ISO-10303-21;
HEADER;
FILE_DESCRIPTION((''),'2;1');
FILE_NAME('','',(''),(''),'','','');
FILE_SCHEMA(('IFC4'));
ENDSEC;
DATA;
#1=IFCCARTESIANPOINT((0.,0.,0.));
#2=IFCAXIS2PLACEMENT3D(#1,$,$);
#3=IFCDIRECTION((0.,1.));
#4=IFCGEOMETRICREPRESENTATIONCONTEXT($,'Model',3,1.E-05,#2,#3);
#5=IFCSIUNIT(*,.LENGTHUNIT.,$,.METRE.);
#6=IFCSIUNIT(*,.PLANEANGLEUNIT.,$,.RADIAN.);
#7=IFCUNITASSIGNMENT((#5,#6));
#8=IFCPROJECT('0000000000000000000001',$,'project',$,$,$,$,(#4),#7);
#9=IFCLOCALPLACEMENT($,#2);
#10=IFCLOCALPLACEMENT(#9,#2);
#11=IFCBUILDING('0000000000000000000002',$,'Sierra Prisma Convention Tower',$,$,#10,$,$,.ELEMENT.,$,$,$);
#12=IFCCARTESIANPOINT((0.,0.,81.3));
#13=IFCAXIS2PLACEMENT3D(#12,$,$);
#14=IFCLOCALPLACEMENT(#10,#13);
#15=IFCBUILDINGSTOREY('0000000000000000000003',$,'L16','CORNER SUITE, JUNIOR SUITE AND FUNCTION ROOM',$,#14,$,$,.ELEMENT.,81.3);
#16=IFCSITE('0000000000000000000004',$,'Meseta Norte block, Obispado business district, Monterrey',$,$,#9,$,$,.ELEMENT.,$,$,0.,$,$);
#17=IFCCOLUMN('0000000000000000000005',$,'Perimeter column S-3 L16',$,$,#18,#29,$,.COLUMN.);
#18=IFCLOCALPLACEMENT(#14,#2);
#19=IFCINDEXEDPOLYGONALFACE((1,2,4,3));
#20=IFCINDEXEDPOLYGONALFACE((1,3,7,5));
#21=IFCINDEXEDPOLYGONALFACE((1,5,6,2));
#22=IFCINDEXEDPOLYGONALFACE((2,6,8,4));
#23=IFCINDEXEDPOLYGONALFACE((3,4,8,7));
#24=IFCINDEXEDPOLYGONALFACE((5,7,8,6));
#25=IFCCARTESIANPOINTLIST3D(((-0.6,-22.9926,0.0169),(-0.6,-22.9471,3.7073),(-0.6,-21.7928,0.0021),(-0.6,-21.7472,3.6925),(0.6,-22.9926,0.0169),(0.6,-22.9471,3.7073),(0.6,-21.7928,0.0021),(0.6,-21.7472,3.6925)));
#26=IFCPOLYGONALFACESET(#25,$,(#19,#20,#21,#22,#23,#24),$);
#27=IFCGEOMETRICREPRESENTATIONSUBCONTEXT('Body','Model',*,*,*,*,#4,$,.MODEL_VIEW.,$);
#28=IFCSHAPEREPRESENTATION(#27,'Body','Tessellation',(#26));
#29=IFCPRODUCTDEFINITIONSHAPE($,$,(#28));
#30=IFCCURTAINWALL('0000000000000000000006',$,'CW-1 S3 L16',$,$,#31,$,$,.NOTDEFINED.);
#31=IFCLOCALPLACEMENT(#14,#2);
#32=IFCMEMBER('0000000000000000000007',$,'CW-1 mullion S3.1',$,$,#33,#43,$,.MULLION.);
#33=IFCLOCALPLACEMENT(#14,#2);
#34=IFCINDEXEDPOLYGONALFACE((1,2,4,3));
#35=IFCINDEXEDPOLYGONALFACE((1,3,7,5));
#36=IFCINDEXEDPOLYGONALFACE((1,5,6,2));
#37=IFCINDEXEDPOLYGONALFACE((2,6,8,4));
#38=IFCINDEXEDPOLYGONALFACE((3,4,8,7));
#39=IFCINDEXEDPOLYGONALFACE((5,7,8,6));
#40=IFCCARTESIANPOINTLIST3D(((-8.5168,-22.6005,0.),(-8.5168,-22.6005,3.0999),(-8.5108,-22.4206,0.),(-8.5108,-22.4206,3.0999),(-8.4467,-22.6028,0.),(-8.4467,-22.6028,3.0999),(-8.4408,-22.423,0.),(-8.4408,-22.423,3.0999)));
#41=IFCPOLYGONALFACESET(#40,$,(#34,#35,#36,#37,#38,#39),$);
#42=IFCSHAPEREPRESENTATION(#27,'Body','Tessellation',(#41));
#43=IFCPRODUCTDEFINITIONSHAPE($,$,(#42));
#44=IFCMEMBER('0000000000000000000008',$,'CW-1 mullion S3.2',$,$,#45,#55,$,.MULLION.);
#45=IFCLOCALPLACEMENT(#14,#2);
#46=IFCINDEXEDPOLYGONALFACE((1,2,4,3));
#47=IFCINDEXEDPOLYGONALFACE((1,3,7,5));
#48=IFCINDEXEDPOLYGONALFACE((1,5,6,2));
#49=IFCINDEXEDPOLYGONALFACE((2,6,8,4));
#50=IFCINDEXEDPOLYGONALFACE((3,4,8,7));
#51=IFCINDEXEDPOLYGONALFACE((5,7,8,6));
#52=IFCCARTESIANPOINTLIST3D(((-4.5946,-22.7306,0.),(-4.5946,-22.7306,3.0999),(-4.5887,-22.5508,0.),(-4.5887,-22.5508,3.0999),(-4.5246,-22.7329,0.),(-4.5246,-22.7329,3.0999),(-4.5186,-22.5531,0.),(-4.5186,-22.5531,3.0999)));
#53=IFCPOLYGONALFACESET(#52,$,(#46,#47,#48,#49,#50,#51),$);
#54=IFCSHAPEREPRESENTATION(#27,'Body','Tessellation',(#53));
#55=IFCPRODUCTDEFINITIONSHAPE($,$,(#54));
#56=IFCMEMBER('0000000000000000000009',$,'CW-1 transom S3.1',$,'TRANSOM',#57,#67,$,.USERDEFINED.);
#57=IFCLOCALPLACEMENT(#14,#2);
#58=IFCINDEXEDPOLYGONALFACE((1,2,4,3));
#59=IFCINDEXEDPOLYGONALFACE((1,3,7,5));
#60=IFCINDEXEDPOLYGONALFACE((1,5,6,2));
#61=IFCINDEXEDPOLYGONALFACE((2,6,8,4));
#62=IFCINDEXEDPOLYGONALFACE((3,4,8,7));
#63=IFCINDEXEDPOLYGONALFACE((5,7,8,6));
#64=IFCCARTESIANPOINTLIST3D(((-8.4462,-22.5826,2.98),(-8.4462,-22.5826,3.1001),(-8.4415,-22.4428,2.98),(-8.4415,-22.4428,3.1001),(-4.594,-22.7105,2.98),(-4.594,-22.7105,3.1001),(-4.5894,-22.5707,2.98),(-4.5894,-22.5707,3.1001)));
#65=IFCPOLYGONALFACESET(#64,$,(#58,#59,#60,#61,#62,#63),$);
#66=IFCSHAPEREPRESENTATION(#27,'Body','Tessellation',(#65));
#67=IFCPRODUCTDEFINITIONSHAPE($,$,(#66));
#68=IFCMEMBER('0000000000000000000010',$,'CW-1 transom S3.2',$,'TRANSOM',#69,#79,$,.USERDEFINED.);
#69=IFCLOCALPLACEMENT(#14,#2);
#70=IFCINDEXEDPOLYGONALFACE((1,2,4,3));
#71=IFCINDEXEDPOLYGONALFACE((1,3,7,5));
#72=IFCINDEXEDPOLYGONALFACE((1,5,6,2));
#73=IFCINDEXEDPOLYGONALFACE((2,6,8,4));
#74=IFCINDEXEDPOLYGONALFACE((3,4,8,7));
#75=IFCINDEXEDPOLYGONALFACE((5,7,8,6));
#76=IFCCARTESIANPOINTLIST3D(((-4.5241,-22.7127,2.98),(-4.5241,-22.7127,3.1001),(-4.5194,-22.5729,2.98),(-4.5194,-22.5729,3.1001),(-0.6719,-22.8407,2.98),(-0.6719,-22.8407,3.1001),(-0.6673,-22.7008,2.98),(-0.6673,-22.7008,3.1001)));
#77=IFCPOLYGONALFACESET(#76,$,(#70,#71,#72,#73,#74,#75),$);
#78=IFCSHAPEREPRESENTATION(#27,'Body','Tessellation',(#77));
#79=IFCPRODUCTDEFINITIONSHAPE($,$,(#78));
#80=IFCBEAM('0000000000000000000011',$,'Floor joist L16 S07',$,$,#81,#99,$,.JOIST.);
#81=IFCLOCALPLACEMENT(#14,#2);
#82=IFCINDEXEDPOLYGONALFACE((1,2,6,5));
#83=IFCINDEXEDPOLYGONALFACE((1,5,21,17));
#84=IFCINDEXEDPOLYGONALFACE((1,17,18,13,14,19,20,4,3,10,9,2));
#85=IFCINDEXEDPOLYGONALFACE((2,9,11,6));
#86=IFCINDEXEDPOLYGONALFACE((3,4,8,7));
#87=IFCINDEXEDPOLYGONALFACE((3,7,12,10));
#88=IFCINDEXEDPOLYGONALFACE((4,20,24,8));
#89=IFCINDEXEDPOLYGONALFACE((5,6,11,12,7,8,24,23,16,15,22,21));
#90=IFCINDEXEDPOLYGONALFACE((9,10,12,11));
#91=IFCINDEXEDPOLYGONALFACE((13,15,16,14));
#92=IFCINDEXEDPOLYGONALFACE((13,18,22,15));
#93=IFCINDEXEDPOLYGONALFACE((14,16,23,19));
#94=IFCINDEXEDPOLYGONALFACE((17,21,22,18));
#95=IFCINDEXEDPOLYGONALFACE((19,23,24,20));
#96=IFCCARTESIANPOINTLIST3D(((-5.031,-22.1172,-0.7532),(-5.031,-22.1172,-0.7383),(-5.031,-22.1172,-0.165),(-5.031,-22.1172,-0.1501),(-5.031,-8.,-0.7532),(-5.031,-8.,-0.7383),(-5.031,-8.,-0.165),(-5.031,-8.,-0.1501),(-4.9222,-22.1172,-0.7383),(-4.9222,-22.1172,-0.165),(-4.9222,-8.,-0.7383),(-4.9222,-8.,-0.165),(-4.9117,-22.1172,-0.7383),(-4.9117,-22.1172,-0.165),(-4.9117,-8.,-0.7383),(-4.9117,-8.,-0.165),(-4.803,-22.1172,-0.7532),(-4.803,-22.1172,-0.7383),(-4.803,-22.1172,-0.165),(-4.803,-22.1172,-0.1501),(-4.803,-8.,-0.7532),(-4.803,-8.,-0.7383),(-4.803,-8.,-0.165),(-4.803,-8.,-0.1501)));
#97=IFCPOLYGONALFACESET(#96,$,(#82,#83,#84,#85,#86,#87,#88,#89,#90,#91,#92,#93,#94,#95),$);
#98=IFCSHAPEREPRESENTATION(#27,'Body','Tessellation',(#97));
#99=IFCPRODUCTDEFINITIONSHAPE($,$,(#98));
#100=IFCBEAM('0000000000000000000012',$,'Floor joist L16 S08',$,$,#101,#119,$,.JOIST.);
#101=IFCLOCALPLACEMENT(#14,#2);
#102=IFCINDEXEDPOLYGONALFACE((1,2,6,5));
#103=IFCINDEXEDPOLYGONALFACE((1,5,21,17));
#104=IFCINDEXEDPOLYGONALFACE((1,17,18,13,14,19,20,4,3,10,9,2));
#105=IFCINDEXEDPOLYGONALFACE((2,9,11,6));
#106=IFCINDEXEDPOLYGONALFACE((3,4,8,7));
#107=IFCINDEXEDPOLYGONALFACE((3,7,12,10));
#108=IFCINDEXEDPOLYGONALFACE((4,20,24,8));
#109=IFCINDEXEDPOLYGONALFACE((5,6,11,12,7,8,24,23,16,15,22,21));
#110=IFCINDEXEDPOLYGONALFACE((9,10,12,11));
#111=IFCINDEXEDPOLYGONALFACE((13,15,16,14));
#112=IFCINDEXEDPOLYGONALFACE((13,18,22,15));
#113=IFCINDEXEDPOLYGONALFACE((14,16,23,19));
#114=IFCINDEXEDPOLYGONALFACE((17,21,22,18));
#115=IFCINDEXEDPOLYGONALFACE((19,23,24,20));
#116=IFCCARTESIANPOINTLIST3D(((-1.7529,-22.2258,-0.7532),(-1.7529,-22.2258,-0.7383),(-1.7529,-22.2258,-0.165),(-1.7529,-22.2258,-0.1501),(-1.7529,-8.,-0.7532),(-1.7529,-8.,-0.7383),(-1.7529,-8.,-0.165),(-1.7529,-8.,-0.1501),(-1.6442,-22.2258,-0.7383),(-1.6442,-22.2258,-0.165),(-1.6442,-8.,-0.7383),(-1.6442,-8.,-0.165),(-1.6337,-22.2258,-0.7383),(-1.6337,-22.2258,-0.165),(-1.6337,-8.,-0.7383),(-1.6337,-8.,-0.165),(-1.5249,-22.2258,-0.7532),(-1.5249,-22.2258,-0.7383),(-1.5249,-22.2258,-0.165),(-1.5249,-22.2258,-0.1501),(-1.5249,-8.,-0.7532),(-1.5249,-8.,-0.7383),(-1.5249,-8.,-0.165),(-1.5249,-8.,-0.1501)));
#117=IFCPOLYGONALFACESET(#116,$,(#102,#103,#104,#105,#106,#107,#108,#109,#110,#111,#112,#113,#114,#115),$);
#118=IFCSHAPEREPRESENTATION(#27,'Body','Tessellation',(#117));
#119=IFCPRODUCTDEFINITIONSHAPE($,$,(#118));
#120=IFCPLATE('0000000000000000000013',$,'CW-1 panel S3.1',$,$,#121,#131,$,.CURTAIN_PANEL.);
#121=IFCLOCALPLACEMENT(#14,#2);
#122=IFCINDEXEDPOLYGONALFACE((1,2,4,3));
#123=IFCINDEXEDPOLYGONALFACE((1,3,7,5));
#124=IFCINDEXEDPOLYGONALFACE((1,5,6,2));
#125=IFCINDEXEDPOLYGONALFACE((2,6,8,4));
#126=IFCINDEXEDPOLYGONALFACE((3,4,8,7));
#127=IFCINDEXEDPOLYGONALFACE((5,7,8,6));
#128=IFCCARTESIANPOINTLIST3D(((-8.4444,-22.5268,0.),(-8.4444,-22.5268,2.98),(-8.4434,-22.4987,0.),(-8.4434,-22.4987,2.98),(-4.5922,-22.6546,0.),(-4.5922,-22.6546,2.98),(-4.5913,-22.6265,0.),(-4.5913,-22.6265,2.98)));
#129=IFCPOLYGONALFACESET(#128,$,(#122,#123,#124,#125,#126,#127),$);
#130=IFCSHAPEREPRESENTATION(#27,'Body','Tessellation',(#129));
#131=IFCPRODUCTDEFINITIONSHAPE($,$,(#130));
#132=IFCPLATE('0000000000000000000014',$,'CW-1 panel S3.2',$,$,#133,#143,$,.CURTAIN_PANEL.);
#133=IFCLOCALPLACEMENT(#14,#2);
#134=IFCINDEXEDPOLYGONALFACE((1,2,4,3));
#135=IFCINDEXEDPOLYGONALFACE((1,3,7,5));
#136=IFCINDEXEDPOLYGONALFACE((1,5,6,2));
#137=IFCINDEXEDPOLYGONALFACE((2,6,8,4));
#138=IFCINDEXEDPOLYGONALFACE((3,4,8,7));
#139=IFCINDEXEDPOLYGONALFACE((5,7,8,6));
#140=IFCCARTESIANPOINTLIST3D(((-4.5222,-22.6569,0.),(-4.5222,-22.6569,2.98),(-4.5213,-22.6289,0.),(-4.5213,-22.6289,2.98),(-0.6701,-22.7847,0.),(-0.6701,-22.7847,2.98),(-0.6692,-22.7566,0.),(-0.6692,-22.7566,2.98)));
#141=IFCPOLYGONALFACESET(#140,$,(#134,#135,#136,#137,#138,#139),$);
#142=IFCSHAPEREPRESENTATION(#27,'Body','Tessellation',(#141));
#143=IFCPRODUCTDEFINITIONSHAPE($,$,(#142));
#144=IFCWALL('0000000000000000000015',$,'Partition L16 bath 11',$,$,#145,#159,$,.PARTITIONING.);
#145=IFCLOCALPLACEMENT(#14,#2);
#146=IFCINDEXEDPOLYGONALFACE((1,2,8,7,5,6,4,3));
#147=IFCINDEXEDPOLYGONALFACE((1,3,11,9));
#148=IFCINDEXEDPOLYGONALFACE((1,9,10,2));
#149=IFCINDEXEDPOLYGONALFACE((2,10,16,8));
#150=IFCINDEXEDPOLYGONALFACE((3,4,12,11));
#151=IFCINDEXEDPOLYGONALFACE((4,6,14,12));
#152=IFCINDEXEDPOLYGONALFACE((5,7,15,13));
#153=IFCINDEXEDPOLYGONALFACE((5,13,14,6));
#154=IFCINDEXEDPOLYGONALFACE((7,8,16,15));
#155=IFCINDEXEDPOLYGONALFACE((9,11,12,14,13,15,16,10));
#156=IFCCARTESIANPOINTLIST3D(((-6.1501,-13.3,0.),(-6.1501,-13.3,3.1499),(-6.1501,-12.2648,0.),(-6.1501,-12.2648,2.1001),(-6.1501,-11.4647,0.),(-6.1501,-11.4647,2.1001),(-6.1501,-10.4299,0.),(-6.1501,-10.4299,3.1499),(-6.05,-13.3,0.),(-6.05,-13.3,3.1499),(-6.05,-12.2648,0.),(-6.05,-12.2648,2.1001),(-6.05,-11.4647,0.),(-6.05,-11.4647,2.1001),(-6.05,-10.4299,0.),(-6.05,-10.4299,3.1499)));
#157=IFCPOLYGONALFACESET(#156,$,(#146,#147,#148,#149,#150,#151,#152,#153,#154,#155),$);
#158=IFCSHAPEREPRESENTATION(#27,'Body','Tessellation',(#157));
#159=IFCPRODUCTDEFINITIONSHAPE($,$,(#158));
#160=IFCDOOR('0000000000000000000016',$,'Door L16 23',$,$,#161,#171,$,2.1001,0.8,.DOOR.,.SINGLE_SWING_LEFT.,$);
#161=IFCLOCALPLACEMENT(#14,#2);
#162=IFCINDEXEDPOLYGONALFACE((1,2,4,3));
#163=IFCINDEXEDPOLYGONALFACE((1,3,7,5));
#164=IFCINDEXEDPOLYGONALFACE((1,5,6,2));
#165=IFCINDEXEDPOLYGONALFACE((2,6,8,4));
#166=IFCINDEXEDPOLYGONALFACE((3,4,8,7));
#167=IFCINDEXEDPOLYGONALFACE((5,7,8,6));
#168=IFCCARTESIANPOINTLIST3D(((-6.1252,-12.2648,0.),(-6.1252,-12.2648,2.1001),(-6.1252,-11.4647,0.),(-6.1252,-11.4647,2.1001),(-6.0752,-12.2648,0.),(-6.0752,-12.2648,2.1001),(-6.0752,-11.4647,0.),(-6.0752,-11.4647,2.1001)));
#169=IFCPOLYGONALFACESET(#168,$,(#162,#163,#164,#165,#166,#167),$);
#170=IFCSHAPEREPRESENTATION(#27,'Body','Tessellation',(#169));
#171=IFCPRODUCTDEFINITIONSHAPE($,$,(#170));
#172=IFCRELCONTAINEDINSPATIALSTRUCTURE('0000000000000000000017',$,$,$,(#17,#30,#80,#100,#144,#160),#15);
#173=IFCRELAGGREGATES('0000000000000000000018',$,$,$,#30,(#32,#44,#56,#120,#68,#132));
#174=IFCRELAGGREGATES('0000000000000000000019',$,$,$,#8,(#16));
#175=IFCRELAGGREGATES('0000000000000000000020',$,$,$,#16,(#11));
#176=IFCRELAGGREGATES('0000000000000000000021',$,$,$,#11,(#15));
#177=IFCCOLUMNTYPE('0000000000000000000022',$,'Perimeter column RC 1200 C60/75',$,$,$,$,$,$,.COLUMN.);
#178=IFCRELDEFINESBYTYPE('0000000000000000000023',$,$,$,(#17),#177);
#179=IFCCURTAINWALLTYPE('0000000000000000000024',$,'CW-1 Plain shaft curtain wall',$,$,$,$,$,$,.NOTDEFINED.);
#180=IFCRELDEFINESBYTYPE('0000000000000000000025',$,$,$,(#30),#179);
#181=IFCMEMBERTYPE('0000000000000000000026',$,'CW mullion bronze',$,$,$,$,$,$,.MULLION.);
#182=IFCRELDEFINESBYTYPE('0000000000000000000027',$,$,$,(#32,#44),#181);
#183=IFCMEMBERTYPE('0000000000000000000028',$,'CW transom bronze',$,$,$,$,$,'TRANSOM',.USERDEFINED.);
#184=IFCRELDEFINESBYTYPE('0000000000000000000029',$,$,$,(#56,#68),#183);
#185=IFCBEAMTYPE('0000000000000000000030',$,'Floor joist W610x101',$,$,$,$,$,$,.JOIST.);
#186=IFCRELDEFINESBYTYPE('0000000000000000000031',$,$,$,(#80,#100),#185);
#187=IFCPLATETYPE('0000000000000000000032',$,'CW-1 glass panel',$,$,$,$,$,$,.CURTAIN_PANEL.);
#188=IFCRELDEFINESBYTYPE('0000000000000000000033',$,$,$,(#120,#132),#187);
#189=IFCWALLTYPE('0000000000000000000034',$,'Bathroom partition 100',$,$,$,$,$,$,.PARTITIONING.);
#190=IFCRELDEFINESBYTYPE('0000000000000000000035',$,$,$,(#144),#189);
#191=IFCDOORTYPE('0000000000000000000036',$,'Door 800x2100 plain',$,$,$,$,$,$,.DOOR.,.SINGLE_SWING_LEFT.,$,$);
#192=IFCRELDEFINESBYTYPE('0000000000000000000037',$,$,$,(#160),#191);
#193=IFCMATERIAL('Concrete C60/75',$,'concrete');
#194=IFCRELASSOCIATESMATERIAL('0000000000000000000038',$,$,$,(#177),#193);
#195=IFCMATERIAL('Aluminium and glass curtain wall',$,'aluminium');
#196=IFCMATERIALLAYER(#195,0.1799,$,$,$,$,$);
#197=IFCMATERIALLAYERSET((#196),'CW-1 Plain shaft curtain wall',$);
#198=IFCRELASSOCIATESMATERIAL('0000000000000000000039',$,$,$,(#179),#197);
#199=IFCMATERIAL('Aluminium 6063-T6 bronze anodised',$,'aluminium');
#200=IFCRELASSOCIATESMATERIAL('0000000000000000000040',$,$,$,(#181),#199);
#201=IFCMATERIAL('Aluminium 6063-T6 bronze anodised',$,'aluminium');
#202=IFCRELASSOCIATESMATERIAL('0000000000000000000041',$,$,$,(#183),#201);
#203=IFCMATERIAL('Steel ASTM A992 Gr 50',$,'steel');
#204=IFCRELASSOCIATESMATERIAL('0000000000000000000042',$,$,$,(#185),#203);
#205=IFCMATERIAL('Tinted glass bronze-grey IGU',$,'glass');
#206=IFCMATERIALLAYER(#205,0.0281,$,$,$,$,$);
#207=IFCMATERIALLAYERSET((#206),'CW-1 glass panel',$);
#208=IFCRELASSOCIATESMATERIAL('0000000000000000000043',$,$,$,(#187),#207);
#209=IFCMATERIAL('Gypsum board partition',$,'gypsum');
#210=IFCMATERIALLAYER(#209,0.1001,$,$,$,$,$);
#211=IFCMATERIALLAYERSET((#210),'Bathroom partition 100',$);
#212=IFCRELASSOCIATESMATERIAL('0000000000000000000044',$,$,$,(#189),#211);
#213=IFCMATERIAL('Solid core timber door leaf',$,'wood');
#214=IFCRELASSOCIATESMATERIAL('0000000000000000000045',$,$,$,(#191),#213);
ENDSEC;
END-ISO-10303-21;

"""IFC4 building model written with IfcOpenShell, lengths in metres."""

from ifc_helpers import new_model, si_unit, direction, frame, frame_2d, origin, origin_2d, place, context, subcontext, project, spatial, rectangle, i_section, extrude, clip, halfspace, material, layer, layer_set, material_profile, profile_set, type_object, element, fill, aggregate, save


model = new_model("IFC4")

# Units and contexts
model_context = context("Model", 3, precision=1e-05, world=origin(), true_north=direction((0.0, 1.0)))
body_context = subcontext(model_context, "Body", "Model", "MODEL_VIEW")
ifc_project = project(units=[si_unit("LENGTHUNIT", "METRE"), si_unit("PLANEANGLEUNIT", "RADIAN")], contexts=[model_context])

# Site, building, storey
site_placement = place(None, origin())
site = spatial("IfcSite", under=ifc_project, at=site_placement, Name="Meseta Norte block, Obispado business district, Monterrey", CompositionType="ELEMENT", RefElevation=0.0)
building_placement = place(site_placement, origin())
building = spatial("IfcBuilding", under=site, at=building_placement, Name="Sierra Prisma Convention Tower", CompositionType="ELEMENT")
storey_placement = place(building_placement, frame((0.0, 0.0, 81.3)))
storey = spatial("IfcBuildingStorey", under=building, at=storey_placement, Name="L16", Description="CORNER SUITE, JUNIOR SUITE AND FUNCTION ROOM", CompositionType="ELEMENT", Elevation=81.3)

# Column
ifc_material_1 = material(Name="Concrete C60/75", Category="concrete")
ifc_material_profile_1 = material_profile(ifc_material_1, rectangle(XDim=1.2, YDim=1.2, at=origin_2d()), Name="Perimeter column RC 1200 C60/75")
ifc_profile_set_1 = profile_set([ifc_material_profile_1], Name="Concrete C60/75")
column_type = type_object("IfcColumnType", Name="Perimeter column RC 1200 C60/75", PredefinedType="COLUMN", material=ifc_profile_set_1)
column_placement = place(storey_placement, frame((0.0, -22.3928, 0.0), z_axis=(0.0, 0.012338, 0.999924), x_axis=(1.0, 0.0, 0.0)))
element("IfcColumn", 1, at=column_placement, inside=storey, type_object=column_type, Name="Perimeter column S-3 L16", PredefinedType="COLUMN", context=body_context, shape_type="SweptSolid", body=[
    clip(extrude(rectangle(XDim=1.2, YDim=1.2, at=origin_2d()), origin(), (0.0, 0.0, 1.0), 3.7002), halfspace(frame((0.0, 0.0, 0.0095)), True)),
])

# Curtain wall, members
ifc_material_2 = material(Name="Aluminium and glass curtain wall", Category="aluminium")
ifc_layer_1 = layer(ifc_material_2, 0.1799)
ifc_layer_set_1 = layer_set([ifc_layer_1], Name="CW-1 Plain shaft curtain wall")
curtain_wall_type = type_object("IfcCurtainWallType", Name="CW-1 Plain shaft curtain wall", PredefinedType="NOTDEFINED", material=ifc_layer_set_1)
curtain_wall_placement = place(storey_placement, origin())
curtain_wall = element("IfcCurtainWall", 2, at=curtain_wall_placement, inside=storey, type_object=curtain_wall_type, Name="CW-1 S3 L16", PredefinedType="NOTDEFINED")
ifc_material_3 = material(Name="Aluminium 6063-T6 bronze anodised", Category="aluminium")
ifc_material_profile_2 = material_profile(ifc_material_3, rectangle(XDim=0.1799, YDim=0.0701, at=origin_2d()), Name="ALU MULLION 70x180")
ifc_profile_set_2 = profile_set([ifc_material_profile_2], Name="Aluminium 6063-T6 bronze anodised")
member_type_1 = type_object("IfcMemberType", Name="CW mullion bronze", PredefinedType="MULLION", material=ifc_profile_set_2)
member_1_placement = place(storey_placement, frame((-8.4788, -22.5117, 0.0), z_axis=(0.0, 0.0, 1.0), x_axis=(0.033148, 0.99945, 0.0)))
member_1 = element("IfcMember", 3, at=member_1_placement, type_object=member_type_1, Name="CW-1 mullion S3.1", PredefinedType="MULLION", context=body_context, shape_type="SweptSolid", body=[
    extrude(rectangle(XDim=0.1799, YDim=0.0701, at=origin_2d()), origin(), (0.0, 0.0, 1.0), 3.0999),
])
member_2_placement = place(storey_placement, frame((-4.5566, -22.6418, 0.0), z_axis=(0.0, 0.0, 1.0), x_axis=(0.033148, 0.99945, 0.0)))
member_2 = element("IfcMember", 4, at=member_2_placement, type_object=member_type_1, Name="CW-1 mullion S3.2", PredefinedType="MULLION", context=body_context, shape_type="SweptSolid", body=[
    extrude(rectangle(XDim=0.1799, YDim=0.0701, at=origin_2d()), origin(), (0.0, 0.0, 1.0), 3.0999),
])
ifc_material_4 = material(Name="Aluminium 6063-T6 bronze anodised", Category="aluminium")
ifc_material_profile_3 = material_profile(ifc_material_4, rectangle(XDim=0.1399, YDim=0.1201, at=origin_2d()), Name="ALU TRANSOM 120x140")
ifc_profile_set_3 = profile_set([ifc_material_profile_3], Name="Aluminium 6063-T6 bronze anodised")
member_type_2 = type_object("IfcMemberType", Name="CW transom bronze", ElementType="TRANSOM", PredefinedType="USERDEFINED", material=ifc_profile_set_3)
member_3_placement = place(storey_placement, frame((-8.4438, -22.5127, 3.04), z_axis=(0.999449, -0.033192, 0.0), x_axis=(0.033192, 0.999449, 0.0)))
member_3 = element("IfcMember", 5, at=member_3_placement, type_object=member_type_2, Name="CW-1 transom S3.1", ObjectType="TRANSOM", PredefinedType="USERDEFINED", context=body_context, shape_type="SweptSolid", body=[
    extrude(rectangle(XDim=0.1399, YDim=0.1201, at=origin_2d()), origin(), (0.0, 0.0, 1.0), 3.8542),
])
member_4_placement = place(storey_placement, frame((-4.5217, -22.6428, 3.04), z_axis=(0.999449, -0.033192, 0.0), x_axis=(0.033192, 0.999449, 0.0)))
member_4 = element("IfcMember", 6, at=member_4_placement, type_object=member_type_2, Name="CW-1 transom S3.2", ObjectType="TRANSOM", PredefinedType="USERDEFINED", context=body_context, shape_type="SweptSolid", body=[
    extrude(rectangle(XDim=0.1399, YDim=0.1201, at=origin_2d()), origin(), (0.0, 0.0, 1.0), 3.8542),
])

# Beams
ifc_material_5 = material(Name="Steel ASTM A992 Gr 50", Category="steel")
ifc_material_profile_4 = material_profile(ifc_material_5, i_section(OverallWidth=0.228, OverallDepth=0.603, WebThickness=0.0105, FlangeThickness=0.0149, at=origin_2d()), Name="W610x101")
ifc_profile_set_4 = profile_set([ifc_material_profile_4], Name="Steel ASTM A992 Gr 50")
beam_type = type_object("IfcBeamType", Name="Floor joist W610x101", PredefinedType="JOIST", material=ifc_profile_set_4)
beam_1_placement = place(storey_placement, frame((-4.917, -22.1172, -0.4517), z_axis=(0.0, 1.0, 0.0), x_axis=(-1.0, 0.0, 0.0)))
element("IfcBeam", 7, at=beam_1_placement, inside=storey, type_object=beam_type, Name="Floor joist L16 S07", PredefinedType="JOIST", context=body_context, shape_type="SweptSolid", body=[
    extrude(i_section(OverallWidth=0.228, OverallDepth=0.603, WebThickness=0.0105, FlangeThickness=0.0149, at=origin_2d()), origin(), (0.0, 0.0, 1.0), 14.1172),
])
beam_2_placement = place(storey_placement, frame((-1.6389, -22.2258, -0.4517), z_axis=(0.0, 1.0, 0.0), x_axis=(-1.0, 0.0, 0.0)))
element("IfcBeam", 8, at=beam_2_placement, inside=storey, type_object=beam_type, Name="Floor joist L16 S08", PredefinedType="JOIST", context=body_context, shape_type="SweptSolid", body=[
    extrude(i_section(OverallWidth=0.228, OverallDepth=0.603, WebThickness=0.0105, FlangeThickness=0.0149, at=origin_2d()), origin(), (0.0, 0.0, 1.0), 14.2258),
])

# Plates
ifc_material_6 = material(Name="Tinted glass bronze-grey IGU", Category="glass")
ifc_layer_2 = layer(ifc_material_6, 0.0281)
ifc_layer_set_2 = layer_set([ifc_layer_2], Name="CW-1 glass panel")
plate_type = type_object("IfcPlateType", Name="CW-1 glass panel", PredefinedType="CURTAIN_PANEL", material=ifc_layer_set_2)
plate_1_placement = place(storey_placement, frame((-6.5178, -22.5767, 0.0), z_axis=(0.0, 0.0, 1.0), x_axis=(0.99945, -0.033148, 0.0)))
plate_1 = element("IfcPlate", 9, at=plate_1_placement, type_object=plate_type, Name="CW-1 panel S3.1", PredefinedType="CURTAIN_PANEL", context=body_context, shape_type="SweptSolid", body=[
    extrude(rectangle(XDim=3.8542, YDim=0.0281, at=origin_2d()), origin(), (0.0, 0.0, 1.0), 2.98),
])
plate_2_placement = place(storey_placement, frame((-2.5957, -22.7068, 0.0), z_axis=(0.0, 0.0, 1.0), x_axis=(0.99945, -0.033148, 0.0)))
plate_2 = element("IfcPlate", 10, at=plate_2_placement, type_object=plate_type, Name="CW-1 panel S3.2", PredefinedType="CURTAIN_PANEL", context=body_context, shape_type="SweptSolid", body=[
    extrude(rectangle(XDim=3.8542, YDim=0.0281, at=origin_2d()), origin(), (0.0, 0.0, 1.0), 2.98),
])
aggregate(curtain_wall, [member_1, member_2, member_3, plate_1, member_4, plate_2])

# Wall, opening, door
ifc_material_7 = material(Name="Gypsum board partition", Category="gypsum")
ifc_layer_3 = layer(ifc_material_7, 0.1001)
ifc_layer_set_3 = layer_set([ifc_layer_3], Name="Bathroom partition 100")
wall_type_1 = type_object("IfcWallType", Name="Bathroom partition 100", PredefinedType="PARTITIONING", material=ifc_layer_set_3)
wall_1_placement = place(storey_placement, frame((-6.1001, -10.4299, 0.0), z_axis=(0.0, 0.0, 1.0), x_axis=(0.0, -1.0, 0.0)))
wall_1 = element("IfcWall", 11, at=wall_1_placement, inside=storey, type_object=wall_type_1, Name="Partition L16 bath 11", PredefinedType="PARTITIONING", context=body_context, shape_type="SweptSolid", body=[
    extrude(rectangle(XDim=2.8701, YDim=0.1001, at=frame_2d((1.4351, 0.0))), origin(), (0.0, 0.0, 1.0), 3.1499),
])
opening_1_placement = place(wall_1_placement, frame((1.0349, 0.0, 0.0)))
opening_1 = element("IfcOpeningElement", 12, at=opening_1_placement, cuts=wall_1, PredefinedType="OPENING", context=body_context, shape_type="SweptSolid", body=[
    extrude(rectangle(XDim=0.8, YDim=2.1001, at=frame_2d((0.3999, 1.05))), frame((0.0, 0.05, 0.0), z_axis=(0.0, -1.0, 0.0), x_axis=(1.0, 0.0, 0.0)), (0.0, 0.0, 1.0), 0.1001),
])
ifc_material_8 = material(Name="Solid core timber door leaf", Category="wood")
door_type = type_object("IfcDoorType", Name="Door 800x2100 plain", OperationType="SINGLE_SWING_LEFT", PredefinedType="DOOR", material=ifc_material_8)
door_1_placement = place(opening_1_placement, origin())
door_1 = element("IfcDoor", 13, at=door_1_placement, inside=storey, type_object=door_type, Name="Door L16 23", OperationType="SINGLE_SWING_LEFT", OverallHeight=2.1001, OverallWidth=0.8, PredefinedType="DOOR", context=body_context, shape_type="SweptSolid", body=[
    extrude(rectangle(XDim=0.8, YDim=2.1001, at=frame_2d((0.3999, 1.05))), frame((0.0, 0.0249, 0.0), z_axis=(0.0, -1.0, 0.0), x_axis=(1.0, 0.0, 0.0)), (0.0, 0.0, 1.0), 0.05),
])
fill(opening_1, door_1)

save(model, "model.ifc")
